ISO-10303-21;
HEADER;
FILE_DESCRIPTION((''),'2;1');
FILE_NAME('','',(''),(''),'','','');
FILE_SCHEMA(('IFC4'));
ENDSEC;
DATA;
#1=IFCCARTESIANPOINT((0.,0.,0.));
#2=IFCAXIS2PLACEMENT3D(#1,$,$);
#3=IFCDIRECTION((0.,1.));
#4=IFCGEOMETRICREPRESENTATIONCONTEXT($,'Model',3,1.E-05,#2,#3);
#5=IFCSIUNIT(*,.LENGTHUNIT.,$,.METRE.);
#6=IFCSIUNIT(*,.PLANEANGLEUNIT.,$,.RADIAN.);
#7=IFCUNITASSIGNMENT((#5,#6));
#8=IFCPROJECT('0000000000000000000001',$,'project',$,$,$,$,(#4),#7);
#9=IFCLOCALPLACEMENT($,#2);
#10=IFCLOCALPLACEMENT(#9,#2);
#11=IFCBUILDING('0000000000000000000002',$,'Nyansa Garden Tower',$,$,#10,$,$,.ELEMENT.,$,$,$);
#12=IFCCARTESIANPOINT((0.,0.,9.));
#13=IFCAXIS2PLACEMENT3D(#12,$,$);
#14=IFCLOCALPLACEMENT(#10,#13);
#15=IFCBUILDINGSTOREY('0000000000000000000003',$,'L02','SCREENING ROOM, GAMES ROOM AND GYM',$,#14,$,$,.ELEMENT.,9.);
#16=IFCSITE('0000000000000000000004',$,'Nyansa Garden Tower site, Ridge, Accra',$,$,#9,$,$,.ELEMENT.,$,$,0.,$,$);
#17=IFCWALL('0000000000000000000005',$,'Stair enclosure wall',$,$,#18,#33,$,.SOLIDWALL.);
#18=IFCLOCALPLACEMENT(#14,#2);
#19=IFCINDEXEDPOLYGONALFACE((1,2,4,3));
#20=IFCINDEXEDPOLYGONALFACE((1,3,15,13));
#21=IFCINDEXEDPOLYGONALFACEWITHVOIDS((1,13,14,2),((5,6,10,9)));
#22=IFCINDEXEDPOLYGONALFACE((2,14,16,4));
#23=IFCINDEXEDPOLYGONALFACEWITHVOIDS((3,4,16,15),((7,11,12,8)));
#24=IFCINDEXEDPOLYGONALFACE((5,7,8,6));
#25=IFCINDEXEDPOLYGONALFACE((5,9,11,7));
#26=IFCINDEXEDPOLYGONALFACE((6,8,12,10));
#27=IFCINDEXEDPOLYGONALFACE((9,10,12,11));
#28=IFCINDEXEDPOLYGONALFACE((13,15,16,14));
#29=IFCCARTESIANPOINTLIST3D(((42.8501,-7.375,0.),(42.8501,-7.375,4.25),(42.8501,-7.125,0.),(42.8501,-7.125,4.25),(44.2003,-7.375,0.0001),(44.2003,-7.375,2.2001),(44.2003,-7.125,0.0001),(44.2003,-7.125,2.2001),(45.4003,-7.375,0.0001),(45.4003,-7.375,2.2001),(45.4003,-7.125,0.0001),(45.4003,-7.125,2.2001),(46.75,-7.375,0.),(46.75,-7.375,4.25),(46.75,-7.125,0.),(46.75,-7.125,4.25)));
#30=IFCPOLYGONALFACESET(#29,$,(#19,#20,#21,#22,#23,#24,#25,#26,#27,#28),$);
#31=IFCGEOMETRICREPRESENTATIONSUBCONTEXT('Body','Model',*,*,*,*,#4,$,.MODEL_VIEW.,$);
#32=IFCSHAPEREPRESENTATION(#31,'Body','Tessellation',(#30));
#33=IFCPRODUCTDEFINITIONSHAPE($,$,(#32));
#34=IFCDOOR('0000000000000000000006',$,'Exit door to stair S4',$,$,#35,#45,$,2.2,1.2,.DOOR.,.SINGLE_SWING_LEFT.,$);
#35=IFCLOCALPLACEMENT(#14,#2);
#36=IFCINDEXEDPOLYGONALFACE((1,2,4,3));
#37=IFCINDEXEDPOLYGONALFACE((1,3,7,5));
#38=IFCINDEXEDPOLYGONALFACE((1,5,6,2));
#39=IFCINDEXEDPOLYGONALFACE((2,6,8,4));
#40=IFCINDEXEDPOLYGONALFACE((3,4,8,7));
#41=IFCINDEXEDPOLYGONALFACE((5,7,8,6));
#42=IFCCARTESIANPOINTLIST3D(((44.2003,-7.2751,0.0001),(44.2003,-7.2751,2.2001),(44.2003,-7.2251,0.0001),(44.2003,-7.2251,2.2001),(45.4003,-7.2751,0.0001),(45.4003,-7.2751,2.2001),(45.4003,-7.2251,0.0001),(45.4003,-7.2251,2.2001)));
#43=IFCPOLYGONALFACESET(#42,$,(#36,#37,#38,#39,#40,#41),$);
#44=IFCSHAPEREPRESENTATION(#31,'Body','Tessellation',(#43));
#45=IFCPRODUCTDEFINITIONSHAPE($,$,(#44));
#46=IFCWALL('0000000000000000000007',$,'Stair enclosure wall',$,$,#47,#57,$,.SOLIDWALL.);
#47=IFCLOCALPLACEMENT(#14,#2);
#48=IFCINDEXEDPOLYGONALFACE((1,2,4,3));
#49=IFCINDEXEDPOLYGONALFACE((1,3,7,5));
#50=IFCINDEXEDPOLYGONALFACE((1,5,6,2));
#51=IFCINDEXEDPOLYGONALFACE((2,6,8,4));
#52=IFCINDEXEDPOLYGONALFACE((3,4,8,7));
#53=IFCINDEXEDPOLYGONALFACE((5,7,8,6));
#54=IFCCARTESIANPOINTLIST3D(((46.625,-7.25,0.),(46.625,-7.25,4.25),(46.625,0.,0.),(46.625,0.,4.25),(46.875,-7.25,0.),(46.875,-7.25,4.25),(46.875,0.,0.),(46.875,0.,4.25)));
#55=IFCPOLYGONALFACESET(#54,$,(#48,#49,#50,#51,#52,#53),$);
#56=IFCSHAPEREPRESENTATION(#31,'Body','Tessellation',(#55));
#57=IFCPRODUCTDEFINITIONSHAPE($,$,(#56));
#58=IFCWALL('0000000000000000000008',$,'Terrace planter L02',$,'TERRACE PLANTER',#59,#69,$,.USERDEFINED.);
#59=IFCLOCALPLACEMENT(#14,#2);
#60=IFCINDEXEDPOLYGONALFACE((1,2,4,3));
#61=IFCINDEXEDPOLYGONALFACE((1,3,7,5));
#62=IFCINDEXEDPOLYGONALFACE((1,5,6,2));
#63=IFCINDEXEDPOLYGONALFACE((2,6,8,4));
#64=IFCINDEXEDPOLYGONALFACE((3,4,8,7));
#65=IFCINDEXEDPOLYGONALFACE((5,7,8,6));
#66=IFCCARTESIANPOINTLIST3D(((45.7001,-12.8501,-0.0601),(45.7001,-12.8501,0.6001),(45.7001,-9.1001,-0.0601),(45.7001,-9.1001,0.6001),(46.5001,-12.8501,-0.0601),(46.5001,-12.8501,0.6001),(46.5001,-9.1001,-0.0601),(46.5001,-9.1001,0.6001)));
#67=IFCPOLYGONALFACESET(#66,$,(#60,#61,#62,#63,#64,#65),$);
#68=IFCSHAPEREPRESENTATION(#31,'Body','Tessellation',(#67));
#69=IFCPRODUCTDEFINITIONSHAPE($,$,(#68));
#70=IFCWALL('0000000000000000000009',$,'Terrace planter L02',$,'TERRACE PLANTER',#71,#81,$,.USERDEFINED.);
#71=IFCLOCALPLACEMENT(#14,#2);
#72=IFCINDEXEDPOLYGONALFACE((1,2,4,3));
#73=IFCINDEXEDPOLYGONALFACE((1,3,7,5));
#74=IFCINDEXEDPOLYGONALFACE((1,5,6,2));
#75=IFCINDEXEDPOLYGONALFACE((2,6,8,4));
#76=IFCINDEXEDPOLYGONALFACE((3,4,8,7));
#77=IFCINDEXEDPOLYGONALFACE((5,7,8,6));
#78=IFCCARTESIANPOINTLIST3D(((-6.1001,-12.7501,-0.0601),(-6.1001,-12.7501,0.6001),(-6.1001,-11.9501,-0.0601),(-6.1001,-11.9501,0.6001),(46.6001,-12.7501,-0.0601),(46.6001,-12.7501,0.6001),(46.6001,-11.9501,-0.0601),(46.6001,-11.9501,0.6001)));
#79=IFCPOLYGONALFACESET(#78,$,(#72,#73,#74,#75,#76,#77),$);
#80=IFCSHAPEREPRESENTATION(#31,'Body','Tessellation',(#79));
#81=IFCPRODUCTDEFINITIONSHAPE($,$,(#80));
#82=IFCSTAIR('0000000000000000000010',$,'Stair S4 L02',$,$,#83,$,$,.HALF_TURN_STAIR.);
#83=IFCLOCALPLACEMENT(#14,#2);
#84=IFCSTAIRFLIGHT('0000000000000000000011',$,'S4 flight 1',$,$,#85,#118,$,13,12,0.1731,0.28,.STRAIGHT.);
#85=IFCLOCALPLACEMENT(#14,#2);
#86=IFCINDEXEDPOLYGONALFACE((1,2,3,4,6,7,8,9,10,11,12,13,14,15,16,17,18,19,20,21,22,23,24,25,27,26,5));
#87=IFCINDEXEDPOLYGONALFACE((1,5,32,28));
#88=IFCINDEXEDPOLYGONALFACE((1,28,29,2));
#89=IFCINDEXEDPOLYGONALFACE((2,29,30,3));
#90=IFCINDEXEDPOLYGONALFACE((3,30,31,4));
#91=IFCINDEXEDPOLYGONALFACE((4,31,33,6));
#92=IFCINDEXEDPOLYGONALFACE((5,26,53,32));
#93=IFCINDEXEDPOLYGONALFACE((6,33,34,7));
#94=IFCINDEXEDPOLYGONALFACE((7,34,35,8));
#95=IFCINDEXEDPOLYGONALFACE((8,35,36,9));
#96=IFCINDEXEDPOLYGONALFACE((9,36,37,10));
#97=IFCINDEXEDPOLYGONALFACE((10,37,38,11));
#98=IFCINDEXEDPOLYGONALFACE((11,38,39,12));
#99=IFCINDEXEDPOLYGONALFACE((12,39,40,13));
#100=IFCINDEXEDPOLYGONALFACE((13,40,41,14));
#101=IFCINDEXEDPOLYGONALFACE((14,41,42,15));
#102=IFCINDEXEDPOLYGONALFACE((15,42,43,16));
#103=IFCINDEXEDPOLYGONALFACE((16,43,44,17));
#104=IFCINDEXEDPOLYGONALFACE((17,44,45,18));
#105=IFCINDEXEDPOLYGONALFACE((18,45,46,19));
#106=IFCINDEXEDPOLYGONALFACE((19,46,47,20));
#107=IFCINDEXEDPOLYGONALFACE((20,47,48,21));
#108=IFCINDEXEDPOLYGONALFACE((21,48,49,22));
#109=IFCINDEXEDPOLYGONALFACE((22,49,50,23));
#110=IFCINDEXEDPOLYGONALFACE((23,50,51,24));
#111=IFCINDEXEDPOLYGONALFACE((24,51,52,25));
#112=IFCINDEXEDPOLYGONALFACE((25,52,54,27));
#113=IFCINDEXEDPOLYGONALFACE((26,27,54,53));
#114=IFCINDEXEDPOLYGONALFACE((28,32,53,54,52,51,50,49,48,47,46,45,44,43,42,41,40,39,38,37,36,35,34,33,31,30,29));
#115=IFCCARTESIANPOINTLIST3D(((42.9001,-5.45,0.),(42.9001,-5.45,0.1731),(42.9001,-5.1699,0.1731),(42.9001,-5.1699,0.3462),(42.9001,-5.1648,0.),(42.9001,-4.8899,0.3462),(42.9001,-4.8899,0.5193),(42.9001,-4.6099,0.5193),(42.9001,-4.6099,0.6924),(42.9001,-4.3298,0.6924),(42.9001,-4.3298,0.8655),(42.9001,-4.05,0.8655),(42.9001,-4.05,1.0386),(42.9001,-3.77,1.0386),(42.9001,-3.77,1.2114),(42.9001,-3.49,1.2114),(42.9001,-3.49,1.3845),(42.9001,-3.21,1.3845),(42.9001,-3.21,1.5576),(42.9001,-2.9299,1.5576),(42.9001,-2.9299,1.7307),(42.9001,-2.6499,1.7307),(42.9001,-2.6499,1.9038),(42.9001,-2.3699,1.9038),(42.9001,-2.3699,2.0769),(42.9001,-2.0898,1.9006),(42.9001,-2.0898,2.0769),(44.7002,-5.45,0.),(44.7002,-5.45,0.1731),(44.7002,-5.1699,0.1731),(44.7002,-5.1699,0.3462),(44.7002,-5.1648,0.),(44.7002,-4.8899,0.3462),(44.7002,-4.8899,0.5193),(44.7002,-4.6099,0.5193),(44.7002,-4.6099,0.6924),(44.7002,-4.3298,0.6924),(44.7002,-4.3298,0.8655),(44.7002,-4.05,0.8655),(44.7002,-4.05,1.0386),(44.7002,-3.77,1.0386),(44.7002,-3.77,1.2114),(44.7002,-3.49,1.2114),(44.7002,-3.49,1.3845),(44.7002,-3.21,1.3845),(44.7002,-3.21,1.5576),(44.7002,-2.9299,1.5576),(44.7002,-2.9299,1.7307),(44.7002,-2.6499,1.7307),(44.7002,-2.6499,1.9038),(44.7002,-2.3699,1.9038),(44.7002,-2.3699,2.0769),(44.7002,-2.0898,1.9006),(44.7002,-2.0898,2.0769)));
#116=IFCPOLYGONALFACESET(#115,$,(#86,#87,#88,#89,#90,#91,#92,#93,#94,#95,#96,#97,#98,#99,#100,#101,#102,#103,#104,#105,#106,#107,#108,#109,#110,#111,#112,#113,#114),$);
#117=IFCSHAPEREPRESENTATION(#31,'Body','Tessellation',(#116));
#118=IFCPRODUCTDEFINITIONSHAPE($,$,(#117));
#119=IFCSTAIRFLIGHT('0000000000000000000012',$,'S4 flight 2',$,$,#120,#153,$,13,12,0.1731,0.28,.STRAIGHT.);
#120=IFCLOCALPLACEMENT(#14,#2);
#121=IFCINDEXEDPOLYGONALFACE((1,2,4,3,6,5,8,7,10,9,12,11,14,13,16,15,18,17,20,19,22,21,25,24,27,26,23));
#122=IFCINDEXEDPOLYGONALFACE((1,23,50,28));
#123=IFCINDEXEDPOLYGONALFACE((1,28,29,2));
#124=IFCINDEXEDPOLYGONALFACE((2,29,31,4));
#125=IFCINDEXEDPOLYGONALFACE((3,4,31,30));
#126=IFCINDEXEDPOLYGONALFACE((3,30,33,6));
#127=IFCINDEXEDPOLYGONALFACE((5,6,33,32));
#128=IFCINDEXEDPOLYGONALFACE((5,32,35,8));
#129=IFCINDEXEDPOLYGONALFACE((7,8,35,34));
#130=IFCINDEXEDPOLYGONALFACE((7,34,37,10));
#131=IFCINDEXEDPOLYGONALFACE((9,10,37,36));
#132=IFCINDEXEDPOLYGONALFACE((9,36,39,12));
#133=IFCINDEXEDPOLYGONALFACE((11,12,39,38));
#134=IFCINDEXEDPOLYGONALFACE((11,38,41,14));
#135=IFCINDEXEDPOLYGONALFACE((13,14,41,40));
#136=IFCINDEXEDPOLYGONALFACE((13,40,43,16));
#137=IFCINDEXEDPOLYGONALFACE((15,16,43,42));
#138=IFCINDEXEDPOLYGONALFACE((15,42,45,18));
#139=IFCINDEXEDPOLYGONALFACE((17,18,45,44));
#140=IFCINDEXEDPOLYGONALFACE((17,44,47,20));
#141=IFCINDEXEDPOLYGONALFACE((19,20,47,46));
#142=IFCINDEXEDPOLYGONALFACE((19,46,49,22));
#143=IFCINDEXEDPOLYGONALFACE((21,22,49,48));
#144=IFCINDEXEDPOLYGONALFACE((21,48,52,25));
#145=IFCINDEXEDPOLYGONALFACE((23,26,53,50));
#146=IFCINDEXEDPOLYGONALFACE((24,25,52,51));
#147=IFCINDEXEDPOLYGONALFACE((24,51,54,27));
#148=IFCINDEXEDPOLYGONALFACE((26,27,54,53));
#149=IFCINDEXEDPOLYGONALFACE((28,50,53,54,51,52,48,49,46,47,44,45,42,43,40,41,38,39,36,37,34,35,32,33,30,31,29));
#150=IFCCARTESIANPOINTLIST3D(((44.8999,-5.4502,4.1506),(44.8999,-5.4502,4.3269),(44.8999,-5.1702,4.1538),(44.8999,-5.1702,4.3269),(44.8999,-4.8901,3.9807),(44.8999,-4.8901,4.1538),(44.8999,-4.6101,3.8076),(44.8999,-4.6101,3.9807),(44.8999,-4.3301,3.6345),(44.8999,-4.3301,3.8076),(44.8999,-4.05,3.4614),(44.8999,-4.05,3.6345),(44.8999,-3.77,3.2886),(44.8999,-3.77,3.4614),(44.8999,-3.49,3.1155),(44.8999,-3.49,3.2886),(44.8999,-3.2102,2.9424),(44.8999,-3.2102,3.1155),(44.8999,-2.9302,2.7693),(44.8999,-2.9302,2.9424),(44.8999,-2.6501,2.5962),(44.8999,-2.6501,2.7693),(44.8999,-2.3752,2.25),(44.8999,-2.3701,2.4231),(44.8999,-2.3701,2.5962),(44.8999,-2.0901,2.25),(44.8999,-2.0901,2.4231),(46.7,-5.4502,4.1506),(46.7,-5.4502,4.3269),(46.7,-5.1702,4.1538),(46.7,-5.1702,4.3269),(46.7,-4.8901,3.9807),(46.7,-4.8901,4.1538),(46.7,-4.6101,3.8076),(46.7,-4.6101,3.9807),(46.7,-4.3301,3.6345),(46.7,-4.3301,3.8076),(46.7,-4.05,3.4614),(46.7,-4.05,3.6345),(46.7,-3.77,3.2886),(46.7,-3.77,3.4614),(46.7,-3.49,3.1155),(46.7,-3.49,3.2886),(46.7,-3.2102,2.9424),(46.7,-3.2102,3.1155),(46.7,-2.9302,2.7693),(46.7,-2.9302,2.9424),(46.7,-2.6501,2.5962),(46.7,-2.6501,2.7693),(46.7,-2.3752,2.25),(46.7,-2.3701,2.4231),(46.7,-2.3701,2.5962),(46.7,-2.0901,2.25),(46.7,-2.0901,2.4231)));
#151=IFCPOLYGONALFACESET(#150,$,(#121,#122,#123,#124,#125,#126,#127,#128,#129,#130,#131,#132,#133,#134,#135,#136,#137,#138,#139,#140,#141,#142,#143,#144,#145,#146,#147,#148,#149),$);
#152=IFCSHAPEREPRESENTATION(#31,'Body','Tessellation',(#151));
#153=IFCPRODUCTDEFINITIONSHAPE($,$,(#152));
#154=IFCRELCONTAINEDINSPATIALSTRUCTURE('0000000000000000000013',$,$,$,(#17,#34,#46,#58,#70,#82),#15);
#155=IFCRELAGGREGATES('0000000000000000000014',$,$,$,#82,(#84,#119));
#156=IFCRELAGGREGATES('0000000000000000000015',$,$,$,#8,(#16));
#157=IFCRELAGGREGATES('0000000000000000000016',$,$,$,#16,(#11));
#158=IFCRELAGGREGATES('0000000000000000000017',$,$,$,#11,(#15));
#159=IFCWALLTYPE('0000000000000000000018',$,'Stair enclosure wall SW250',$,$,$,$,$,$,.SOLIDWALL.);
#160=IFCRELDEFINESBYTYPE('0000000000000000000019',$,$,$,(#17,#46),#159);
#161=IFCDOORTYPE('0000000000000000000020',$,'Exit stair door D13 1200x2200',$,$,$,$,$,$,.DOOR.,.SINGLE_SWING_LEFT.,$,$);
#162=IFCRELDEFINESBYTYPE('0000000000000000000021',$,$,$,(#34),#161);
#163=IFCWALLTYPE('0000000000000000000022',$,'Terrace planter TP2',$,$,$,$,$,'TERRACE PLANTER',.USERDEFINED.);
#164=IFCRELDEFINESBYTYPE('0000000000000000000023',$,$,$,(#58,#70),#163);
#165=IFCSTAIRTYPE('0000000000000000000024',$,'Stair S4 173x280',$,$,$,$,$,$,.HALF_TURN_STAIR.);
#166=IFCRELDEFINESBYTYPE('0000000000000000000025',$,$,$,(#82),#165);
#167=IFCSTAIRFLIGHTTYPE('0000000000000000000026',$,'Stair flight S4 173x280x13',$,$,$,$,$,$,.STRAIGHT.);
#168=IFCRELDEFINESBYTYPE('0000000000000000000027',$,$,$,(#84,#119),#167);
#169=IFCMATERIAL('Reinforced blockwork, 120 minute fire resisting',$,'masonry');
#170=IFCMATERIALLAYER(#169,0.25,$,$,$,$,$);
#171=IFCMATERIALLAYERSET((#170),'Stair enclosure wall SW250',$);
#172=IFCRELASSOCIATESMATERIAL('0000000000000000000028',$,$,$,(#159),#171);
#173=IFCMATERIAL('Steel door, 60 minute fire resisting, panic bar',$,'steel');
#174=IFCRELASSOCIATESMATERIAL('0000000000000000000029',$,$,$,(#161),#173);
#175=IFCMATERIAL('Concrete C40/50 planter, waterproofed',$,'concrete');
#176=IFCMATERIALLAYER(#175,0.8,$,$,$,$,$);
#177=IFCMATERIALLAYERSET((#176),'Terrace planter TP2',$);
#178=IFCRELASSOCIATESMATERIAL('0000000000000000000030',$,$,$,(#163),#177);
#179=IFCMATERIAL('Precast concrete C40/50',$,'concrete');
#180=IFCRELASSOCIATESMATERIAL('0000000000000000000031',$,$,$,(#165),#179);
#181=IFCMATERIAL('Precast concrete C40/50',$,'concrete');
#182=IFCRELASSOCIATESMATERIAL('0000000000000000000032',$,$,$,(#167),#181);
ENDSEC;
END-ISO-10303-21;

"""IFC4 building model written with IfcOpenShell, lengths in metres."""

from ifc_helpers import new_model, si_unit, direction, frame, frame_2d, origin, place, context, subcontext, project, spatial, polyline, rectangle, outline, extrude, material, layer, layer_set, type_object, element, fill, aggregate, save


model = new_model("IFC4")

# Units and contexts
model_context = context("Model", 3, precision=1e-05, world=origin(), true_north=direction((0.0, 1.0)))
body_context = subcontext(model_context, "Body", "Model", "MODEL_VIEW")
ifc_project = project(units=[si_unit("LENGTHUNIT", "METRE"), si_unit("PLANEANGLEUNIT", "RADIAN")], contexts=[model_context])

# Site, building, storey
site_placement = place(None, origin())
site = spatial("IfcSite", under=ifc_project, at=site_placement, Name="Nyansa Garden Tower site, Ridge, Accra", CompositionType="ELEMENT", RefElevation=0.0)
building_placement = place(site_placement, origin())
building = spatial("IfcBuilding", under=site, at=building_placement, Name="Nyansa Garden Tower", CompositionType="ELEMENT")
storey_placement = place(building_placement, frame((0.0, 0.0, 9.0)))
storey = spatial("IfcBuildingStorey", under=building, at=storey_placement, Name="L02", Description="SCREENING ROOM, GAMES ROOM AND GYM", CompositionType="ELEMENT", Elevation=9.0)

# Shared definitions
ifc_material_1 = material(Name="Reinforced blockwork, 120 minute fire resisting", Category="masonry")
ifc_layer_1 = layer(ifc_material_1, 0.25)
ifc_layer_set_1 = layer_set([ifc_layer_1], Name="Stair enclosure wall SW250")
wall_type_1 = type_object("IfcWallType", Name="Stair enclosure wall SW250", PredefinedType="SOLIDWALL", material=ifc_layer_set_1)

# Wall, opening, door
wall_1_placement = place(storey_placement, frame((42.8501, -7.25, 0.0), z_axis=(0.0, 0.0, 1.0), x_axis=(1.0, 0.0, 0.0)))
wall_1 = element("IfcWall", 1, at=wall_1_placement, inside=storey, type_object=wall_type_1, Name="Stair enclosure wall", PredefinedType="SOLIDWALL", context=body_context, shape_type="SweptSolid", body=[
    extrude(rectangle(XDim=3.8999, YDim=0.25, at=frame_2d((1.95, 0.0))), origin(), (0.0, 0.0, 1.0), 4.25),
])
opening_1_placement = place(wall_1_placement, frame((1.3501, 0.0, 0.0)))
opening_1 = element("IfcOpeningElement", 2, at=opening_1_placement, cuts=wall_1, PredefinedType="OPENING", context=body_context, shape_type="SweptSolid", body=[
    extrude(rectangle(XDim=1.2, YDim=2.2, at=frame_2d((0.6001, 1.1001))), frame((0.0, 0.135, 0.0), z_axis=(0.0, -1.0, 0.0), x_axis=(1.0, 0.0, 0.0)), (0.0, 0.0, 1.0), 0.27),
])
ifc_material_2 = material(Name="Steel door, 60 minute fire resisting, panic bar", Category="steel")
door_type_1 = type_object("IfcDoorType", Name="Exit stair door D13 1200x2200", OperationType="SINGLE_SWING_LEFT", PredefinedType="DOOR", material=ifc_material_2)
door_1_placement = place(opening_1_placement, origin())
door_1 = element("IfcDoor", 3, at=door_1_placement, inside=storey, type_object=door_type_1, Name="Exit door to stair S4", OperationType="SINGLE_SWING_LEFT", OverallHeight=2.2, OverallWidth=1.2, PredefinedType="DOOR", context=body_context, shape_type="SweptSolid", body=[
    extrude(rectangle(XDim=1.2, YDim=2.2, at=frame_2d((0.6001, 1.1001))), frame((0.0, 0.0249, 0.0), z_axis=(0.0, -1.0, 0.0), x_axis=(1.0, 0.0, 0.0)), (0.0, 0.0, 1.0), 0.05),
])
fill(opening_1, door_1)

# Walls
wall_2_placement = place(storey_placement, frame((46.75, -7.25, 0.0), z_axis=(0.0, 0.0, 1.0), x_axis=(0.0, 1.0, 0.0)))
element("IfcWall", 4, at=wall_2_placement, inside=storey, type_object=wall_type_1, Name="Stair enclosure wall", PredefinedType="SOLIDWALL", context=body_context, shape_type="SweptSolid", body=[
    extrude(rectangle(XDim=7.25, YDim=0.25, at=frame_2d((3.625, 0.0))), origin(), (0.0, 0.0, 1.0), 4.25),
])
ifc_material_3 = material(Name="Concrete C40/50 planter, waterproofed", Category="concrete")
ifc_layer_2 = layer(ifc_material_3, 0.8)
ifc_layer_set_2 = layer_set([ifc_layer_2], Name="Terrace planter TP2")
wall_type_2 = type_object("IfcWallType", Name="Terrace planter TP2", ElementType="TERRACE PLANTER", PredefinedType="USERDEFINED", material=ifc_layer_set_2)
wall_3_placement = place(storey_placement, frame((46.1001, -9.1001, -0.0601), z_axis=(0.0, 0.0, 1.0), x_axis=(0.0, -1.0, 0.0)))
element("IfcWall", 5, at=wall_3_placement, inside=storey, type_object=wall_type_2, Name="Terrace planter L02", ObjectType="TERRACE PLANTER", PredefinedType="USERDEFINED", context=body_context, shape_type="SweptSolid", body=[
    extrude(rectangle(XDim=3.75, YDim=0.8, at=frame_2d((1.875, 0.0))), origin(), (0.0, 0.0, 1.0), 0.6602),
])
wall_4_placement = place(storey_placement, frame((46.6001, -12.3501, -0.0601), z_axis=(0.0, 0.0, 1.0), x_axis=(-1.0, 0.0, 0.0)))
element("IfcWall", 6, at=wall_4_placement, inside=storey, type_object=wall_type_2, Name="Terrace planter L02", ObjectType="TERRACE PLANTER", PredefinedType="USERDEFINED", context=body_context, shape_type="SweptSolid", body=[
    extrude(rectangle(XDim=52.7002, YDim=0.8, at=frame_2d((26.3501, 0.0))), origin(), (0.0, 0.0, 1.0), 0.6602),
])

# Stair, stair flights
ifc_material_4 = material(Name="Precast concrete C40/50", Category="concrete")
stair_type = type_object("IfcStairType", Name="Stair S4 173x280", PredefinedType="HALF_TURN_STAIR", material=ifc_material_4)
stair_placement = place(storey_placement, origin())
stair = element("IfcStair", 7, at=stair_placement, inside=storey, type_object=stair_type, Name="Stair S4 L02", PredefinedType="HALF_TURN_STAIR")
ifc_material_5 = material(Name="Precast concrete C40/50", Category="concrete")
stair_flight_type = type_object("IfcStairFlightType", Name="Stair flight S4 173x280x13", PredefinedType="STRAIGHT", material=ifc_material_5)
stair_flight_1_placement = place(storey_placement, frame((43.8, -5.45, 0.0), z_axis=(0.0, 0.0, 1.0), x_axis=(0.0, 1.0, 0.0)))
stair_flight_1 = element("IfcStairFlight", 8, at=stair_flight_1_placement, type_object=stair_flight_type, Name="S4 flight 1", NumberOfRisers=13, NumberOfTreads=12, PredefinedType="STRAIGHT", RiserHeight=0.1731, TreadLength=0.28, context=body_context, shape_type="SweptSolid", body=[
    extrude(outline(polyline([(0.0, 0.0), (0.0, 0.1731), (0.28, 0.1731), (0.28, 0.3462), (0.5601, 0.3462), (0.5601, 0.5193), (0.8401, 0.5193), (0.8401, 0.6924), (1.1201, 0.6924), (1.1201, 0.8655), (1.3999, 0.8655), (1.3999, 1.0386), (1.6799, 1.0386), (1.6799, 1.2114), (1.96, 1.2114), (1.96, 1.3845), (2.24, 1.3845), (2.24, 1.5576), (2.52, 1.5576), (2.52, 1.7307), (2.8, 1.7307), (2.8, 1.9038), (3.0801, 1.9038), (3.0801, 2.0769), (3.3601, 2.0769), (3.3601, 2.25), (3.3601, 1.9006), (0.2852, 0.0), (0.0, 0.0)])), frame((0.0, 0.8999, 0.0), z_axis=(0.0, -1.0, 0.0), x_axis=(1.0, 0.0, 0.0)), (0.0, 0.0, 1.0), 1.8),
])
stair_flight_2_placement = place(storey_placement, frame((45.8, -2.0901, 2.25), z_axis=(0.0, 0.0, 1.0), x_axis=(0.0, -1.0, 0.0)))
stair_flight_2 = element("IfcStairFlight", 9, at=stair_flight_2_placement, type_object=stair_flight_type, Name="S4 flight 2", NumberOfRisers=13, NumberOfTreads=12, PredefinedType="STRAIGHT", RiserHeight=0.1731, TreadLength=0.28, context=body_context, shape_type="SweptSolid", body=[
    extrude(outline(polyline([(0.0, 0.0), (0.0, 0.1731), (0.28, 0.1731), (0.28, 0.3462), (0.5601, 0.3462), (0.5601, 0.5193), (0.8401, 0.5193), (0.8401, 0.6924), (1.1201, 0.6924), (1.1201, 0.8655), (1.3999, 0.8655), (1.3999, 1.0386), (1.6799, 1.0386), (1.6799, 1.2114), (1.96, 1.2114), (1.96, 1.3845), (2.24, 1.3845), (2.24, 1.5576), (2.52, 1.5576), (2.52, 1.7307), (2.8, 1.7307), (2.8, 1.9038), (3.0801, 1.9038), (3.0801, 2.0769), (3.3601, 2.0769), (3.3601, 2.25), (3.3601, 1.9006), (0.2852, 0.0), (0.0, 0.0)])), frame((0.0, 0.8999, 0.0), z_axis=(0.0, -1.0, 0.0), x_axis=(1.0, 0.0, 0.0)), (0.0, 0.0, 1.0), 1.8),
])
aggregate(stair, [stair_flight_1, stair_flight_2])

save(model, "model.ifc")
